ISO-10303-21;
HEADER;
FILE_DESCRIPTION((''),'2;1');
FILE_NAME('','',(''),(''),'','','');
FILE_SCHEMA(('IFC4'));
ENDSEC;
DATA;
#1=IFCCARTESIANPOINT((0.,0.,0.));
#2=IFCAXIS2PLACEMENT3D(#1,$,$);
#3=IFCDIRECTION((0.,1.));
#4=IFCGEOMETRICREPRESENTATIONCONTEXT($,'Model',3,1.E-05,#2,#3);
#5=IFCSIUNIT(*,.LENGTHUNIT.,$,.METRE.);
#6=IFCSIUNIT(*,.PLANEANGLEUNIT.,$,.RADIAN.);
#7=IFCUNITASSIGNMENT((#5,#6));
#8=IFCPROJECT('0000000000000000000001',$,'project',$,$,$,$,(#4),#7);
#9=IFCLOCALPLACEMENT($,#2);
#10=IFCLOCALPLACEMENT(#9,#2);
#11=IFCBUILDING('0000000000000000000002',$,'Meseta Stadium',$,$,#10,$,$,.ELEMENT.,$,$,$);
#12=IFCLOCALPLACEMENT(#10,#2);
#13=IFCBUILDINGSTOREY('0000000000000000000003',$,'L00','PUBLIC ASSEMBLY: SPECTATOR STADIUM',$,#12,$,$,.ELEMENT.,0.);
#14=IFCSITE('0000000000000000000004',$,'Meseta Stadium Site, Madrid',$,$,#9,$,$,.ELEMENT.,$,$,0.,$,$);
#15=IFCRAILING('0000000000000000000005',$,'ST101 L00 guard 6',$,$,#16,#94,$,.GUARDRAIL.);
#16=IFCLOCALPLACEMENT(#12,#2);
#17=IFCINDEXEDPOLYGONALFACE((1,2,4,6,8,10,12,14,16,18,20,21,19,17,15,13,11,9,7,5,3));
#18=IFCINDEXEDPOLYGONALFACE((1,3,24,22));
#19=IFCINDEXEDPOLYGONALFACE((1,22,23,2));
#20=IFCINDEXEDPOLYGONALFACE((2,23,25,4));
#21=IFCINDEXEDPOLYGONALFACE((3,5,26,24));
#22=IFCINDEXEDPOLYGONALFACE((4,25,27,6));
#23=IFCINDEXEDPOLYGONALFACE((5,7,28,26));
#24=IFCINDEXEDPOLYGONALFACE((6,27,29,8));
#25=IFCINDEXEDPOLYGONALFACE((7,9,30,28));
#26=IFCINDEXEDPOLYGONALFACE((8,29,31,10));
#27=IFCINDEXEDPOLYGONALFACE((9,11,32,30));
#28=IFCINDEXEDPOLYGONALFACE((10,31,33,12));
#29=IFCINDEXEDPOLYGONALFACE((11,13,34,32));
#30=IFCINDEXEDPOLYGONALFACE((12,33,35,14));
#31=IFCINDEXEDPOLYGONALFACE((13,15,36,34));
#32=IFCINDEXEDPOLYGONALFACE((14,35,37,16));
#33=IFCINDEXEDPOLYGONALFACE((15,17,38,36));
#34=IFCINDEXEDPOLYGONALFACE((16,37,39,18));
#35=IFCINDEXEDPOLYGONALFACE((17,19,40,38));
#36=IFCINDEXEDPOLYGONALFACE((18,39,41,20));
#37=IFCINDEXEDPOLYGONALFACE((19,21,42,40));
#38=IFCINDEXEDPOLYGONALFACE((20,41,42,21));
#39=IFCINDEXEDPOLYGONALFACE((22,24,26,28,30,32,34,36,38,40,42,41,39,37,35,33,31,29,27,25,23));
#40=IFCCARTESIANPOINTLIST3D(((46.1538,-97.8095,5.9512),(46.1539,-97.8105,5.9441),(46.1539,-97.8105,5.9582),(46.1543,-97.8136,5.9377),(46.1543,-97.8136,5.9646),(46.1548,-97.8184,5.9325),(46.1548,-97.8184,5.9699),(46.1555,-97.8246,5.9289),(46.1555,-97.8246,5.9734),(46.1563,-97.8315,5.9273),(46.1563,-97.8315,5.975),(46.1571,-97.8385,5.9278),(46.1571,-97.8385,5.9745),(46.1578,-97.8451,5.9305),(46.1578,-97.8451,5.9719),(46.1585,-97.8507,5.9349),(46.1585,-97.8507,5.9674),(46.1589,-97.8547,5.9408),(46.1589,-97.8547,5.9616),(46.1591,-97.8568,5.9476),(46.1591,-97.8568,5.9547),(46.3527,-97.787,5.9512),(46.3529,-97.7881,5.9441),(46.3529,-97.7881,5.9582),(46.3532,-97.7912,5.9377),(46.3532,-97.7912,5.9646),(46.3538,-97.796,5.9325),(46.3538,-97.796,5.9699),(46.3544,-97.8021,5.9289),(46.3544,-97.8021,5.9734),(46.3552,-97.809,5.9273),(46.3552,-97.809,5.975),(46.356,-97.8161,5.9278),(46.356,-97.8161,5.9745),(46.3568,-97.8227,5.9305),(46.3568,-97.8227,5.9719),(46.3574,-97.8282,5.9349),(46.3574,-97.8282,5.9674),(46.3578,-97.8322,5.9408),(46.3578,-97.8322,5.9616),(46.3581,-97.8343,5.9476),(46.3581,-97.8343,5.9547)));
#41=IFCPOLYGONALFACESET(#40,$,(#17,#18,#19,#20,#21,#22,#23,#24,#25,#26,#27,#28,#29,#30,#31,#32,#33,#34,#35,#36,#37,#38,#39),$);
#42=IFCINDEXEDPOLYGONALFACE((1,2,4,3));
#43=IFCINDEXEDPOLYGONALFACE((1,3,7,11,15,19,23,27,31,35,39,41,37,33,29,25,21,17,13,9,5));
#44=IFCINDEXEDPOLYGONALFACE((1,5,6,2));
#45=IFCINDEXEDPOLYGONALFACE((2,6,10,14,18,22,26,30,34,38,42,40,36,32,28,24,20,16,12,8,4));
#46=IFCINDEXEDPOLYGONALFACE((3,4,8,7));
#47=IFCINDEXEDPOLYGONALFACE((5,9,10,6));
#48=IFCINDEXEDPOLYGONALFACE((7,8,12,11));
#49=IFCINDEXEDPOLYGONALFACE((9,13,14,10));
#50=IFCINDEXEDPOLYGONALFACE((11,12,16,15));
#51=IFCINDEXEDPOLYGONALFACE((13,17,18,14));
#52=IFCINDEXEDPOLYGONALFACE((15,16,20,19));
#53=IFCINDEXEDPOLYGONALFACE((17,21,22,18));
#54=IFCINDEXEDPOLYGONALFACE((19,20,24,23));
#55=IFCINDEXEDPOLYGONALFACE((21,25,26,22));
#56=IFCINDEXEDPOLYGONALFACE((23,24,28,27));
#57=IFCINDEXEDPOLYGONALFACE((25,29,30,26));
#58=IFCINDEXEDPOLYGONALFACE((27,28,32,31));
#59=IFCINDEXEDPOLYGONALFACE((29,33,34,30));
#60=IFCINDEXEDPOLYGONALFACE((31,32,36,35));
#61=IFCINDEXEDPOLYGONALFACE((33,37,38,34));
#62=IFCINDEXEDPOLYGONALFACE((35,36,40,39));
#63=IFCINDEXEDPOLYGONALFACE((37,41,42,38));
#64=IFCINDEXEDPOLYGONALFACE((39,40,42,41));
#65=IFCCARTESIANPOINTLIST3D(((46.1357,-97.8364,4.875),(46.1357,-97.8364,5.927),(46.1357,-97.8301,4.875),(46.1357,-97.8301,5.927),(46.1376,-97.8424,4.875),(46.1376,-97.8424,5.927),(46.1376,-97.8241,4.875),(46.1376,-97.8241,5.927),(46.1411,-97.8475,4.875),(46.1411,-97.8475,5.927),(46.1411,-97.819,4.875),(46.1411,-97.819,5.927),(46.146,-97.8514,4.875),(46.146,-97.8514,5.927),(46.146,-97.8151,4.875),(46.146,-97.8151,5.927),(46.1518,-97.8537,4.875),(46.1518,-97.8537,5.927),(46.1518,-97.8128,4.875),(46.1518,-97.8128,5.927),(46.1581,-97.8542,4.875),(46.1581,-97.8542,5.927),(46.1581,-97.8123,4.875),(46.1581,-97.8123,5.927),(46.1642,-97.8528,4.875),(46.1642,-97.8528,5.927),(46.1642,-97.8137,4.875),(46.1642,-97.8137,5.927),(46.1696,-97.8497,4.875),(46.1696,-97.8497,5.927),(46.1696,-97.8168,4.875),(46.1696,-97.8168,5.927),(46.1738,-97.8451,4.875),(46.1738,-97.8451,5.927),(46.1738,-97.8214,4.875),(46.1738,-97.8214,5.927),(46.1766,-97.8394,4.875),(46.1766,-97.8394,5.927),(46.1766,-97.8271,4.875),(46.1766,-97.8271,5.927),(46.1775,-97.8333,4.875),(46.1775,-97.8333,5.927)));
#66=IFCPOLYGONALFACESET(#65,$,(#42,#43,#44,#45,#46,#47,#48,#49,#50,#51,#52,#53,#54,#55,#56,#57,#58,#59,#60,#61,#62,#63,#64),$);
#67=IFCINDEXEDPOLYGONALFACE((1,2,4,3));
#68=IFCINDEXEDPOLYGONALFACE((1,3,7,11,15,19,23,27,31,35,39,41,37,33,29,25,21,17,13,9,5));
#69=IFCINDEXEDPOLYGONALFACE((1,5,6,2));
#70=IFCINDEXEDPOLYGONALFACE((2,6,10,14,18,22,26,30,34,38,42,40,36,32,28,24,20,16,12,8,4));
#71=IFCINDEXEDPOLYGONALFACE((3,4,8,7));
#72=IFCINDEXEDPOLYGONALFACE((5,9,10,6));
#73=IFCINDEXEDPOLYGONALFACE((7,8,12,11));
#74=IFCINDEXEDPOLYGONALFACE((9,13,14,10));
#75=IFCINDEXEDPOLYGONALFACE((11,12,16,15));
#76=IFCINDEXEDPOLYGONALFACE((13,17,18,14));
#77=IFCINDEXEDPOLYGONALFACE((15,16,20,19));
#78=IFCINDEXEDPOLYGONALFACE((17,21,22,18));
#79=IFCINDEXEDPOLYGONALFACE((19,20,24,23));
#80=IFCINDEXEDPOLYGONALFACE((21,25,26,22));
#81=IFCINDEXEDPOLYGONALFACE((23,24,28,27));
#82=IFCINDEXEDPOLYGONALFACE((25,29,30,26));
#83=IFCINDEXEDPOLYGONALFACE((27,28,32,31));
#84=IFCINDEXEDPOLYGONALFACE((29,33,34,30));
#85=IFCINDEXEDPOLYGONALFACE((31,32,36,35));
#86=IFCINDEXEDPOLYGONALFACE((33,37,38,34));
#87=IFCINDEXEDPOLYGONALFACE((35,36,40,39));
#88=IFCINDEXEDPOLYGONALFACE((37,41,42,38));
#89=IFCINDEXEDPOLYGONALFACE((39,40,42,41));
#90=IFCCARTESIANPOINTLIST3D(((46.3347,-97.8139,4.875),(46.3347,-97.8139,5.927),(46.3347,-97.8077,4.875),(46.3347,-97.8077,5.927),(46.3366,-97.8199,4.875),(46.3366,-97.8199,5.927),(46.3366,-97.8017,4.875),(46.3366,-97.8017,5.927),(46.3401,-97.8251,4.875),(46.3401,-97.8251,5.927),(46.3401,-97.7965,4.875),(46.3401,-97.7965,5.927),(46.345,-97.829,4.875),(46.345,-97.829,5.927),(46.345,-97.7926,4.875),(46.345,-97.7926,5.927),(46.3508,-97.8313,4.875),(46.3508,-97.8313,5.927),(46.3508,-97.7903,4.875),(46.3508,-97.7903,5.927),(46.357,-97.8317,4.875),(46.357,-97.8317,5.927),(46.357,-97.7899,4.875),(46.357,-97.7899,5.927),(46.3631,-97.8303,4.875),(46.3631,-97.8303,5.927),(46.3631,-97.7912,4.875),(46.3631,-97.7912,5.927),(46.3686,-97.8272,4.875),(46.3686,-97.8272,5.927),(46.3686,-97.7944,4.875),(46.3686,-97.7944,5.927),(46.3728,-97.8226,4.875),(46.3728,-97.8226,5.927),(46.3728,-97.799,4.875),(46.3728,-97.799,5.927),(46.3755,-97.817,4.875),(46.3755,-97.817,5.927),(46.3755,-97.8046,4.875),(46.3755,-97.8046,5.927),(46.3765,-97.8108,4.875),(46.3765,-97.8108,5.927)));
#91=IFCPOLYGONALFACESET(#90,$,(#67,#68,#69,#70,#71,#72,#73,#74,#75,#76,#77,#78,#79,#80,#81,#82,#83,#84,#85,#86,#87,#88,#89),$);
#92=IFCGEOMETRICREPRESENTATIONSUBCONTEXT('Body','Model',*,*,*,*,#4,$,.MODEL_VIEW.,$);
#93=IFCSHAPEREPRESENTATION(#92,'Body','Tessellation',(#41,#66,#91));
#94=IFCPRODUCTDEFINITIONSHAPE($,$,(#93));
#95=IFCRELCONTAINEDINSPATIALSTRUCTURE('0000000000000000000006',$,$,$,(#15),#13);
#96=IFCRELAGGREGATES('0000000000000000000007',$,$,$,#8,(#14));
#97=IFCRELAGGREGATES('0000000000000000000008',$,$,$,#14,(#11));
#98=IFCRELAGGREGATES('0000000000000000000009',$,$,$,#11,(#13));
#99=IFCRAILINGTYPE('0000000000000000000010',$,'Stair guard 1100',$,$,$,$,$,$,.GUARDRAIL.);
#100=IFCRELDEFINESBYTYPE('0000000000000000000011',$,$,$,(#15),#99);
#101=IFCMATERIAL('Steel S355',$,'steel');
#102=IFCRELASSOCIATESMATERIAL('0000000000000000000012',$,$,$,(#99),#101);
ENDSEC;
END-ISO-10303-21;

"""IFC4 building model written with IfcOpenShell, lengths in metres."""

from ifc_helpers import new_model, si_unit, direction, frame, origin, origin_2d, place, context, subcontext, project, spatial, circle, extrude, material, type_object, element, save


model = new_model("IFC4")

# Units and contexts
model_context = context("Model", 3, precision=1e-05, world=origin(), true_north=direction((0.0, 1.0)))
body_context = subcontext(model_context, "Body", "Model", "MODEL_VIEW")
ifc_project = project(units=[si_unit("LENGTHUNIT", "METRE"), si_unit("PLANEANGLEUNIT", "RADIAN")], contexts=[model_context])

# Site, building, storey
site_placement = place(None, origin())
site = spatial("IfcSite", under=ifc_project, at=site_placement, Name="Meseta Stadium Site, Madrid", CompositionType="ELEMENT", RefElevation=0.0)
building_placement = place(site_placement, origin())
building = spatial("IfcBuilding", under=site, at=building_placement, Name="Meseta Stadium", CompositionType="ELEMENT")
storey_placement = place(building_placement, origin())
storey = spatial("IfcBuildingStorey", under=building, at=storey_placement, Name="L00", Description="PUBLIC ASSEMBLY: SPECTATOR STADIUM", CompositionType="ELEMENT", Elevation=0.0)

# Railing
ifc_material_1 = material(Name="Steel S355", Category="steel")
railing_type = type_object("IfcRailingType", Name="Stair guard 1100", PredefinedType="GUARDRAIL", material=ifc_material_1)
railing_1_placement = place(storey_placement, frame((46.1565, -97.8333, 4.875)))
element("IfcRailing", 1, at=railing_1_placement, inside=storey, type_object=railing_type, Name="ST101 L00 guard 6", PredefinedType="GUARDRAIL", context=body_context, shape_type="SweptSolid", body=[
    extrude(circle(Radius=0.0239, at=origin_2d()), frame((0.0, 0.0, 1.0762), z_axis=(0.993689, 0.112171, 0.0), x_axis=(-0.112171, 0.993689, 0.0)), (0.0, 0.0, 1.0), 0.2002),
    extrude(circle(Radius=0.021, at=origin_2d()), origin(), (0.0, 0.0, 1.0), 1.052),
    extrude(circle(Radius=0.021, at=origin_2d()), frame((0.199, 0.0225, 0.0)), (0.0, 0.0, 1.0), 1.052),
])

save(model, "model.ifc")
